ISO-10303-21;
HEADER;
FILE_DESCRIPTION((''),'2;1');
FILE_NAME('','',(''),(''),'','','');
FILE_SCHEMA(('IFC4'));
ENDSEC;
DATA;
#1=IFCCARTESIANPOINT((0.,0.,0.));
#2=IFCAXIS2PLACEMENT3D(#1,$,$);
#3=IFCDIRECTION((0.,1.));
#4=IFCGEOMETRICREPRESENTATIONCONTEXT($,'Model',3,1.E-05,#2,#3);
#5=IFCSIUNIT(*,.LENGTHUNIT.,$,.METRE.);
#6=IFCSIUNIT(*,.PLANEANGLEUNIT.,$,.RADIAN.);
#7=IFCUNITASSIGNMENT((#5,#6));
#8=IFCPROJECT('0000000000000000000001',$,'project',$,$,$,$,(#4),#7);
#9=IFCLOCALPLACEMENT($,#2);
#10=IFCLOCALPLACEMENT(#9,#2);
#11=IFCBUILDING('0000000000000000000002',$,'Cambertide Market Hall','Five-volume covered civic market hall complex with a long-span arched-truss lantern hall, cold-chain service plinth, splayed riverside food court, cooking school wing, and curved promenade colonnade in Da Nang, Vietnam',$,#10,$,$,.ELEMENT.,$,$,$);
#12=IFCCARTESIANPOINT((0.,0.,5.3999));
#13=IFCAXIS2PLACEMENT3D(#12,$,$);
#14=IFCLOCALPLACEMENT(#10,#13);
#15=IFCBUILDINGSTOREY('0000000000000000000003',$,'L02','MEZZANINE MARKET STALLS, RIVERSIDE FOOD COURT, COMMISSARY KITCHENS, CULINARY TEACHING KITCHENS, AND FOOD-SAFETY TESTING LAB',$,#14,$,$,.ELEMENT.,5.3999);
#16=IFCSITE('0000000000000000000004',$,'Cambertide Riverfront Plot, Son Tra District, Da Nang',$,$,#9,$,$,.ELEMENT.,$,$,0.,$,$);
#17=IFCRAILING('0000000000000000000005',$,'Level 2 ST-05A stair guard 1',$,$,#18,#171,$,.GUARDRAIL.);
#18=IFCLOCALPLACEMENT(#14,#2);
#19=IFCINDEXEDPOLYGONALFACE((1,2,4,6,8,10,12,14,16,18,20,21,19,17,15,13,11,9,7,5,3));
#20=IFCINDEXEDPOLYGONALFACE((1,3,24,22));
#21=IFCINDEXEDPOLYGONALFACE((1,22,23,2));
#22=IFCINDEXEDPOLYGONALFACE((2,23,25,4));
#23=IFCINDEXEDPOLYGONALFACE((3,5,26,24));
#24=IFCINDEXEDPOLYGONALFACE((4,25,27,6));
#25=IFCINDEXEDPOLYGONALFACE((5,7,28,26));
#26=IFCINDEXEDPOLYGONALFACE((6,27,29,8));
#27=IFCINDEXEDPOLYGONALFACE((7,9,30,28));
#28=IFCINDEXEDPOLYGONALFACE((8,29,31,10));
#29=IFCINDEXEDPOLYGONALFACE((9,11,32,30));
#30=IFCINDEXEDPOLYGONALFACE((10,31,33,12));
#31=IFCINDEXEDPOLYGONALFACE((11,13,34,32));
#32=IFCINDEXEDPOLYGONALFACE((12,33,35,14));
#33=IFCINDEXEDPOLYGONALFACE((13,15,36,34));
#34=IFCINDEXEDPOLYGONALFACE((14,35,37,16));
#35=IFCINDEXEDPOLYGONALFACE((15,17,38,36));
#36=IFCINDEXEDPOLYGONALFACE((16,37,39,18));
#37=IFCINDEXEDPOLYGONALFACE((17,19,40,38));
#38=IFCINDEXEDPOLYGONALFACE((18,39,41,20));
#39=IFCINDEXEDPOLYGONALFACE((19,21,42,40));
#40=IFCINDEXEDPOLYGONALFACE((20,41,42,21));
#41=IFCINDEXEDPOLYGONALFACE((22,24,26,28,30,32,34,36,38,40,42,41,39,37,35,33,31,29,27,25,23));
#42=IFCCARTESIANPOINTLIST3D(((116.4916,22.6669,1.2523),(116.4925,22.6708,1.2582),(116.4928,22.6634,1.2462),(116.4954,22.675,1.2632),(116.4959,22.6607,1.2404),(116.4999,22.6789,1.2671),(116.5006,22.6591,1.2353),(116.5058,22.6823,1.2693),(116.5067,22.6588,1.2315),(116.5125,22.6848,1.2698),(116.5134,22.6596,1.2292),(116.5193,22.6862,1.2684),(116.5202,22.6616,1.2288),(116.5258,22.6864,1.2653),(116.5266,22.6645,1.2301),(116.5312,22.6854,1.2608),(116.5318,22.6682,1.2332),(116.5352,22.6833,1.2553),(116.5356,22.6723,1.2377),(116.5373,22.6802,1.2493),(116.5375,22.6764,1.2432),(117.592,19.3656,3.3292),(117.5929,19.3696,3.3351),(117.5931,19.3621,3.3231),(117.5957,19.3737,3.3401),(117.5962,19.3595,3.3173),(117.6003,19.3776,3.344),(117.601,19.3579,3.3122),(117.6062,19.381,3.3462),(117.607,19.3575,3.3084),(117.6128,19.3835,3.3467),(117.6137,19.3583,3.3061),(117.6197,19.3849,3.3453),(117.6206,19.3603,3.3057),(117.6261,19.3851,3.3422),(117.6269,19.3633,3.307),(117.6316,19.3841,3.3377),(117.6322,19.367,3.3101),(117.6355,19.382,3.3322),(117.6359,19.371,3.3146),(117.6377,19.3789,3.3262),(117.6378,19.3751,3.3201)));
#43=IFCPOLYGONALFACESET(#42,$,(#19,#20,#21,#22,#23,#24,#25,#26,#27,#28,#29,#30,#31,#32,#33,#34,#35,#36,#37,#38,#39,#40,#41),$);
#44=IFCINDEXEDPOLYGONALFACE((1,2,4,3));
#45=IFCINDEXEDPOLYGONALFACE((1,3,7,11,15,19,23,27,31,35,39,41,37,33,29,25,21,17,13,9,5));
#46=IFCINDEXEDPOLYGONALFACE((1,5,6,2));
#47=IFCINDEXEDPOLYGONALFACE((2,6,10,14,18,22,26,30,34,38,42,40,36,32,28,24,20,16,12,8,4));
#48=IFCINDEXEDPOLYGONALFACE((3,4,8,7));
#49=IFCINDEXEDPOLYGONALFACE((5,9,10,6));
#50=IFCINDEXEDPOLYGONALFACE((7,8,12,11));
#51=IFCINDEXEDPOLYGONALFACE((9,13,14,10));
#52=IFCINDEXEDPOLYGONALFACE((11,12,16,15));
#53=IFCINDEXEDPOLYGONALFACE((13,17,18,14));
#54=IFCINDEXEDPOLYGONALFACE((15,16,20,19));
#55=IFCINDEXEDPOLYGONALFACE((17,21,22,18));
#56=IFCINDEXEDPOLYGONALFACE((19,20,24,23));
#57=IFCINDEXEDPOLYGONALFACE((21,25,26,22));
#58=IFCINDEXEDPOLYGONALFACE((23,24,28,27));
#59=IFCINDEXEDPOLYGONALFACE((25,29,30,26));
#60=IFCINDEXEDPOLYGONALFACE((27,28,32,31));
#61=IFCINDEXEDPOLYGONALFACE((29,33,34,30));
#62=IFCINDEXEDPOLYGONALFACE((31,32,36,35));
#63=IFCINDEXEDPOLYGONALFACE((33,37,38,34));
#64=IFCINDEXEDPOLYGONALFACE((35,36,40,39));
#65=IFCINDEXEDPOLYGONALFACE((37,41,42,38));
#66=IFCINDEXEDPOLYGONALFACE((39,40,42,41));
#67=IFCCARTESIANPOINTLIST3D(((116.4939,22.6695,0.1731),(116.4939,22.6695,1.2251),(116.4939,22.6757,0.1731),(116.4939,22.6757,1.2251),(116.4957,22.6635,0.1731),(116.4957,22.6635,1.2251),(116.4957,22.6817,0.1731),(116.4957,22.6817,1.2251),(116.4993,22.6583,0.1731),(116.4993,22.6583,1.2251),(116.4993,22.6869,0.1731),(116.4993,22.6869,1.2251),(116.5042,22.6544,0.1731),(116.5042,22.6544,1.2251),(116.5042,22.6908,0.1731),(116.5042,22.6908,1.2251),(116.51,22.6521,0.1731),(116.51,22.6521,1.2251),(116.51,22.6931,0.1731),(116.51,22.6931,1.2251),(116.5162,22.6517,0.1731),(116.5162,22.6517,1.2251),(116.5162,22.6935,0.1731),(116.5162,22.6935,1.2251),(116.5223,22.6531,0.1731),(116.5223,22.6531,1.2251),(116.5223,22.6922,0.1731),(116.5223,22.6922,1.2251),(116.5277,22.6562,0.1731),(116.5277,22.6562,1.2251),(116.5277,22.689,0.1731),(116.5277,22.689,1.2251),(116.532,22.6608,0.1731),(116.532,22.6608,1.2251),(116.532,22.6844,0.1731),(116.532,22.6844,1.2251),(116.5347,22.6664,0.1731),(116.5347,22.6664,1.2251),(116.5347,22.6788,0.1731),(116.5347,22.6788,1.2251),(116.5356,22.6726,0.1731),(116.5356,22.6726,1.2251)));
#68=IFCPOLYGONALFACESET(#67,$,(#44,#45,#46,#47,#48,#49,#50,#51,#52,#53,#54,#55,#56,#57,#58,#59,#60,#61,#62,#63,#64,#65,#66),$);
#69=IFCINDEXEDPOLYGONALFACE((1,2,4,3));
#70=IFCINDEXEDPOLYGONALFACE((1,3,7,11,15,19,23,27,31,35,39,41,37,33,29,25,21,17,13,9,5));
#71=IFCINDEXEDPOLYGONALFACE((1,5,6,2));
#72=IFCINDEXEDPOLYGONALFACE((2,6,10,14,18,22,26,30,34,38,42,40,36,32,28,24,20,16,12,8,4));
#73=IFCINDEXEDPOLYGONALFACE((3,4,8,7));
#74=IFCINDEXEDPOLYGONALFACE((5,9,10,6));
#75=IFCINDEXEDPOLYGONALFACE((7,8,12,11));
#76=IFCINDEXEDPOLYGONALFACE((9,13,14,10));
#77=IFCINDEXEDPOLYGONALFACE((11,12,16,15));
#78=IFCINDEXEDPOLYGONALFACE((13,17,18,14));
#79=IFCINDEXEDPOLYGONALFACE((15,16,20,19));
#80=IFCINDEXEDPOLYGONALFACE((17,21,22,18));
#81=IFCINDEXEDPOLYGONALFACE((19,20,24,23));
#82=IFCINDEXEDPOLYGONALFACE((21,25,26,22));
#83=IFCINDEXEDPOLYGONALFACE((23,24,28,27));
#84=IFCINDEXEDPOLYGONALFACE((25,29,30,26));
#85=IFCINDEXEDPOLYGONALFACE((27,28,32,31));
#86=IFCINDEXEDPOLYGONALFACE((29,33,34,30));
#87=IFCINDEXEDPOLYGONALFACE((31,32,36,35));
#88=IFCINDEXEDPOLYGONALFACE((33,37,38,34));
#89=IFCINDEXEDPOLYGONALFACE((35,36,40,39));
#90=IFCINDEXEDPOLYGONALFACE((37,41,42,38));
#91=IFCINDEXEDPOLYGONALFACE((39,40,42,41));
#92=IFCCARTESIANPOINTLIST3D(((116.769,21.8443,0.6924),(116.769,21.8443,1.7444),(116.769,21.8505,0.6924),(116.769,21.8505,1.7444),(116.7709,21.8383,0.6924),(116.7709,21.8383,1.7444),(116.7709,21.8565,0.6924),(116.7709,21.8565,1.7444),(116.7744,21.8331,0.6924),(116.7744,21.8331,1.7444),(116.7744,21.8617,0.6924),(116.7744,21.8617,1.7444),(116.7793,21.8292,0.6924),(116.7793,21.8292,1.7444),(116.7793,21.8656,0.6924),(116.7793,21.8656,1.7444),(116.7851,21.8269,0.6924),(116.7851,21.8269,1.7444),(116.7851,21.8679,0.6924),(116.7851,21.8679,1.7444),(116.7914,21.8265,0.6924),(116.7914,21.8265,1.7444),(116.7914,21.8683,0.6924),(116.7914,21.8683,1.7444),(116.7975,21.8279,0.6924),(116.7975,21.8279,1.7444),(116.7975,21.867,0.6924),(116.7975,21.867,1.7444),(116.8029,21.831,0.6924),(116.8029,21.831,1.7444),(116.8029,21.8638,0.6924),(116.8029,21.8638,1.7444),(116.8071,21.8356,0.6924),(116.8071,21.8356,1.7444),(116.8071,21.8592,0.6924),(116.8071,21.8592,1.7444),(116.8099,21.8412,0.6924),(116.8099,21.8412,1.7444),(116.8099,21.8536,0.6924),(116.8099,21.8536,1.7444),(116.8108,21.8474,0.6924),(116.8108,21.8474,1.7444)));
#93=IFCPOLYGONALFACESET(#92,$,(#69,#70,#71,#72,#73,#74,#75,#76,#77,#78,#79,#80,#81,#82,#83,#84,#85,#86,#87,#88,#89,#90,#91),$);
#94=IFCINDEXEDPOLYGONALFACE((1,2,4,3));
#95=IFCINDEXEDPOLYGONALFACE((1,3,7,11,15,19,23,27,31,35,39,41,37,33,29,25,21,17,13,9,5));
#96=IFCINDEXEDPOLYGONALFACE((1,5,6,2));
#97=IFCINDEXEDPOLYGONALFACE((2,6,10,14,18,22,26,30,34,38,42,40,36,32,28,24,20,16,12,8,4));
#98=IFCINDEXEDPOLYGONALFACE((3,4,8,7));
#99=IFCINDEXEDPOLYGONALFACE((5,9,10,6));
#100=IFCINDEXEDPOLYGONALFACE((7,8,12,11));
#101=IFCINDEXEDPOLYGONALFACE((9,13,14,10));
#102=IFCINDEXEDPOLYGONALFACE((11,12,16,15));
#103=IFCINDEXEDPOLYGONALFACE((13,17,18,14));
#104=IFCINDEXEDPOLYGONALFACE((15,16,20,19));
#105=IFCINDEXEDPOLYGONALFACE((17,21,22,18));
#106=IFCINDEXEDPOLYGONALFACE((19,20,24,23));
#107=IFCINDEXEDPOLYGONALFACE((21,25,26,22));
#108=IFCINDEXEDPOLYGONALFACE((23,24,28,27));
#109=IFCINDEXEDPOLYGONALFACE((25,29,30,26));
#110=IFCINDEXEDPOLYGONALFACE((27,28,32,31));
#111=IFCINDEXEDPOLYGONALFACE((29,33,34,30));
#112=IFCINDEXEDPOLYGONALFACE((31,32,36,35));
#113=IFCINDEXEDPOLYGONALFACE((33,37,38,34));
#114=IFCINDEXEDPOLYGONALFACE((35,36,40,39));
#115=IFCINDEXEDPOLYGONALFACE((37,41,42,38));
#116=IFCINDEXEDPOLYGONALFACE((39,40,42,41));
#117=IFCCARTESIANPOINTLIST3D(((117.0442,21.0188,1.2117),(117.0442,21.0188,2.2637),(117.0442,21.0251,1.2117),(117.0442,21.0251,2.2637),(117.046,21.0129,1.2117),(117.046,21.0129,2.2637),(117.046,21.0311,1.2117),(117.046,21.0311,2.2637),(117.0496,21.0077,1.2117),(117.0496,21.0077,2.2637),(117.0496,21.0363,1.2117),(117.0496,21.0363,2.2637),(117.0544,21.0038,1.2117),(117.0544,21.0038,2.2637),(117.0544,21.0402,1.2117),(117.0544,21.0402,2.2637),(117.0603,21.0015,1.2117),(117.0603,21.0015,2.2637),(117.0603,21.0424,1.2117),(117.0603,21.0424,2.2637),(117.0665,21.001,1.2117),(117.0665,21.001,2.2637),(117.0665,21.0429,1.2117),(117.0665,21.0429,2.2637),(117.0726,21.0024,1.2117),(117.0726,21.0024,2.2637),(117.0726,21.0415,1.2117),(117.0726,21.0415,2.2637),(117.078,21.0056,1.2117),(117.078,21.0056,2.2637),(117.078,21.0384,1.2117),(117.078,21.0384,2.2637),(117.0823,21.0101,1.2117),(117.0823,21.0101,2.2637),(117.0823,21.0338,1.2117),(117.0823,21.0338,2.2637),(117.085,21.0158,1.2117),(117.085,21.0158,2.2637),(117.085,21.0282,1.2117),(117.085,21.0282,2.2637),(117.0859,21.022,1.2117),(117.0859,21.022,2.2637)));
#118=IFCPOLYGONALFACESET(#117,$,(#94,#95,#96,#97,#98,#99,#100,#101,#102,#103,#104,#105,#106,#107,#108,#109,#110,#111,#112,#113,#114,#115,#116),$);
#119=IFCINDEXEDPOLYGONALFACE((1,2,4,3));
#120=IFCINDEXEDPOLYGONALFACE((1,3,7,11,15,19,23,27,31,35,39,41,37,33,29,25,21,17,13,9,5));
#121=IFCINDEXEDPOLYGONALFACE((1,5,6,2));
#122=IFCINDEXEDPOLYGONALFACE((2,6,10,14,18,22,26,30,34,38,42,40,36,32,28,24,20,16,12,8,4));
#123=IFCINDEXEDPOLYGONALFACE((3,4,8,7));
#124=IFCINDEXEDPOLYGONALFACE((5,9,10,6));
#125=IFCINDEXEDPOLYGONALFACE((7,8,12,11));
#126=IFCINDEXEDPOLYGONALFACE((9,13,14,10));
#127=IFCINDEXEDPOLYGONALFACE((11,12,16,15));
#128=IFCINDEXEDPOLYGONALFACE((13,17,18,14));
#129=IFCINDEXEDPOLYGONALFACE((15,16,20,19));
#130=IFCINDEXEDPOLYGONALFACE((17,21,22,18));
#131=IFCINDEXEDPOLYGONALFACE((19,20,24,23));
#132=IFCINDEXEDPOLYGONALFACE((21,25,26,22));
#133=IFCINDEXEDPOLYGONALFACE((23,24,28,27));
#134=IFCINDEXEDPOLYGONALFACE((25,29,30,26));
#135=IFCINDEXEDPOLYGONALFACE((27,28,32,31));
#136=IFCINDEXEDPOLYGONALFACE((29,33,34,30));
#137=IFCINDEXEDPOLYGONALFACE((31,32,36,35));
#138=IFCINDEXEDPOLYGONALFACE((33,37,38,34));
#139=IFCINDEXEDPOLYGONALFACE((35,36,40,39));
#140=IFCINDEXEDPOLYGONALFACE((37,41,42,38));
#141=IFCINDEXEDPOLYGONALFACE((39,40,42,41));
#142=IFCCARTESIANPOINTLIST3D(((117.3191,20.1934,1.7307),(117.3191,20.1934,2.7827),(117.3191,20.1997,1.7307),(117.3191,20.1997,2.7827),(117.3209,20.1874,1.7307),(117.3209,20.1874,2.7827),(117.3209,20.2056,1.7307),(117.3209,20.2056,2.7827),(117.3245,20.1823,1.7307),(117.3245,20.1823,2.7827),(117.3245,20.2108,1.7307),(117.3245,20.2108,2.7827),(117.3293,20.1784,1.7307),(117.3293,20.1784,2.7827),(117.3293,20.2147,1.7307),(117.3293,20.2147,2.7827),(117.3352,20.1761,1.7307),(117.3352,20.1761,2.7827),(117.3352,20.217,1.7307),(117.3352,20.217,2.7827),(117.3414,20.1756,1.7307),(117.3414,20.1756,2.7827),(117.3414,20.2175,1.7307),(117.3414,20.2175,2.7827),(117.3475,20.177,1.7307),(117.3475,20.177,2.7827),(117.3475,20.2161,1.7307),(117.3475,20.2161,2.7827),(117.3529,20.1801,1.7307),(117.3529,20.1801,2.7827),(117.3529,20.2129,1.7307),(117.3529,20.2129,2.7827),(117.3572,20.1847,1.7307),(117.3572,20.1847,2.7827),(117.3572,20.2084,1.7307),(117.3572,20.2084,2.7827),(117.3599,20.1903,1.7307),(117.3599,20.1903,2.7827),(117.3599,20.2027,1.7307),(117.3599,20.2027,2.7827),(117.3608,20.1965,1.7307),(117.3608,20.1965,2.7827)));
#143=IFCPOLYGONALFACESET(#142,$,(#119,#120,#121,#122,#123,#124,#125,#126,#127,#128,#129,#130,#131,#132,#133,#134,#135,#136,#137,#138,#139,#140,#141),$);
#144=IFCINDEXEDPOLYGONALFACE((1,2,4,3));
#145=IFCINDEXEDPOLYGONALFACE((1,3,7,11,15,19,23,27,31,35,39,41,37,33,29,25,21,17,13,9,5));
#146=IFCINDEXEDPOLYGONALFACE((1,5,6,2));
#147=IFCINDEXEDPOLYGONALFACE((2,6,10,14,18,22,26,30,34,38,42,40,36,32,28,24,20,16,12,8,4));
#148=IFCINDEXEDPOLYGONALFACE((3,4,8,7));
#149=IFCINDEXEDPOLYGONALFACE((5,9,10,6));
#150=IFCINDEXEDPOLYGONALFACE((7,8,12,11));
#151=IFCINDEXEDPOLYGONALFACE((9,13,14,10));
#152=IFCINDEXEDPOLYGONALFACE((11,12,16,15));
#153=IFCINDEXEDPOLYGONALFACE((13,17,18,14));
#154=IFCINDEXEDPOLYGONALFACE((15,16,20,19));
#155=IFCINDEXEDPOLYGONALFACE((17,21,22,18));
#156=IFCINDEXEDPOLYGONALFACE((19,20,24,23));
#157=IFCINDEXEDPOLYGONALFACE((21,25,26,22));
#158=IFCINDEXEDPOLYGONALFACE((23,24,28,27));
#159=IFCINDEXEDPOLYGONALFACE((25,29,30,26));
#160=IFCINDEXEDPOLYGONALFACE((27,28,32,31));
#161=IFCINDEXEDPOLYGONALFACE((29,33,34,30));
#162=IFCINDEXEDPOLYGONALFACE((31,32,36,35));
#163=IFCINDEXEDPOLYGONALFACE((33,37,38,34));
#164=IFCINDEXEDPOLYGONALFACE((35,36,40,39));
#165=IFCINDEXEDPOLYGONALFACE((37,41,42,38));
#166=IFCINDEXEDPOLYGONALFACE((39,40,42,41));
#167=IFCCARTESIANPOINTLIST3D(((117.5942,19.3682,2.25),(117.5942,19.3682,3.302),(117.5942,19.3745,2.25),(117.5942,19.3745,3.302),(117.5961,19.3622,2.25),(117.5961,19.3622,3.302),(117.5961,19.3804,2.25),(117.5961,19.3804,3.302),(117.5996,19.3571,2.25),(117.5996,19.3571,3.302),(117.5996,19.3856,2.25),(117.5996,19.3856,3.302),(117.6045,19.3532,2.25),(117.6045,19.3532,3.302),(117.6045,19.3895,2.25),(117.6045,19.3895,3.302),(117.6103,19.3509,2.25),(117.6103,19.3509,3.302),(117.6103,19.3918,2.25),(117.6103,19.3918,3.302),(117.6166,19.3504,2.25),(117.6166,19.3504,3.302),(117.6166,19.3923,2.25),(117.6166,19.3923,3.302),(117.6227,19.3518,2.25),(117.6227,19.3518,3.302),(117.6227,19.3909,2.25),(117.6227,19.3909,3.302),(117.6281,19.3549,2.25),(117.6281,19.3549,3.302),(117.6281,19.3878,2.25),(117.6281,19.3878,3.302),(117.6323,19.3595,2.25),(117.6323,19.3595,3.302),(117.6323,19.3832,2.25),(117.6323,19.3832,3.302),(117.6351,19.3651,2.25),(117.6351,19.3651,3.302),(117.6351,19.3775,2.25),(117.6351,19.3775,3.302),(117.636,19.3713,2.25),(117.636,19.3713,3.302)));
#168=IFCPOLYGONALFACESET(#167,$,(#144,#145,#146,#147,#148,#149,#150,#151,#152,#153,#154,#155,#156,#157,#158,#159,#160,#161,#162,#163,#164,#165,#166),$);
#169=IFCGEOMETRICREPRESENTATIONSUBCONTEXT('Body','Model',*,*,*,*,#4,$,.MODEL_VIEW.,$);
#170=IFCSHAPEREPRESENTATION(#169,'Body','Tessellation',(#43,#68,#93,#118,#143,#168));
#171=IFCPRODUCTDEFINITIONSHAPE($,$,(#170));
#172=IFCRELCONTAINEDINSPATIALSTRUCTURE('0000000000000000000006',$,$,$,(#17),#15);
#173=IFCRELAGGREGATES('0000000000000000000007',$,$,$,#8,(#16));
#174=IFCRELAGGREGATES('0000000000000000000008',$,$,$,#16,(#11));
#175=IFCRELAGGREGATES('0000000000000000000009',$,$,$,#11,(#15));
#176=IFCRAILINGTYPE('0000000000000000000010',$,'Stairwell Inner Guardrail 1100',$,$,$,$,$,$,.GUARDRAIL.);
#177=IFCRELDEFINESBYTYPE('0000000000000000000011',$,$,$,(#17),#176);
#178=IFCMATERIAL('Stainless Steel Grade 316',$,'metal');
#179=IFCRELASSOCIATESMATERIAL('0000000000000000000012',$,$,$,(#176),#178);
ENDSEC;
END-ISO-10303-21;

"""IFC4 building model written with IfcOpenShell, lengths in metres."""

from ifc_helpers import new_model, si_unit, direction, frame, origin, origin_2d, place, context, subcontext, project, spatial, circle, extrude, material, type_object, element, save


model = new_model("IFC4")

# Units and contexts
model_context = context("Model", 3, precision=1e-05, world=origin(), true_north=direction((0.0, 1.0)))
body_context = subcontext(model_context, "Body", "Model", "MODEL_VIEW")
ifc_project = project(units=[si_unit("LENGTHUNIT", "METRE"), si_unit("PLANEANGLEUNIT", "RADIAN")], contexts=[model_context])

# Site, building, storey
site_placement = place(None, origin())
site = spatial("IfcSite", under=ifc_project, at=site_placement, Name="Cambertide Riverfront Plot, Son Tra District, Da Nang", CompositionType="ELEMENT", RefElevation=0.0)
building_placement = place(site_placement, origin())
building = spatial("IfcBuilding", under=site, at=building_placement, Name="Cambertide Market Hall", Description="Five-volume covered civic market hall complex with a long-span arched-truss lantern hall, cold-chain service plinth, splayed riverside food court, cooking school wing, and curved promenade colonnade in Da Nang, Vietnam", CompositionType="ELEMENT")
storey_placement = place(building_placement, frame((0.0, 0.0, 5.3999)))
storey = spatial("IfcBuildingStorey", under=building, at=storey_placement, Name="L02", Description="MEZZANINE MARKET STALLS, RIVERSIDE FOOD COURT, COMMISSARY KITCHENS, CULINARY TEACHING KITCHENS, AND FOOD-SAFETY TESTING LAB", CompositionType="ELEMENT", Elevation=5.3999)

# Railing
ifc_material_1 = material(Name="Stainless Steel Grade 316", Category="metal")
railing_type_1 = type_object("IfcRailingType", Name="Stairwell Inner Guardrail 1100", PredefinedType="GUARDRAIL", material=ifc_material_1)
railing_1_placement = place(storey_placement, frame((116.5146, 22.6726, 0.1731)))
element("IfcRailing", 1, at=railing_1_placement, inside=storey, type_object=railing_type_1, Name="Level 2 ST-05A stair guard 1", PredefinedType="GUARDRAIL", context=body_context, shape_type="SweptSolid", body=[
    extrude(circle(Radius=0.0239, at=origin_2d()), frame((0.0, 0.0, 1.0762), z_axis=(0.271522, -0.814628, 0.512501), x_axis=(0.94869, 0.316207, 0.0)), (0.0, 0.0, 1.0), 4.0525),
    extrude(circle(Radius=0.021, at=origin_2d()), origin(), (0.0, 0.0, 1.0), 1.052),
    extrude(circle(Radius=0.021, at=origin_2d()), frame((0.2751, -0.8252, 0.5193)), (0.0, 0.0, 1.0), 1.052),
    extrude(circle(Radius=0.021, at=origin_2d()), frame((0.5503, -1.6506, 1.0386)), (0.0, 0.0, 1.0), 1.052),
    extrude(circle(Radius=0.021, at=origin_2d()), frame((0.8252, -2.4761, 1.5576)), (0.0, 0.0, 1.0), 1.052),
    extrude(circle(Radius=0.021, at=origin_2d()), frame((1.1003, -3.3013, 2.0769)), (0.0, 0.0, 1.0), 1.052),
])

save(model, "model.ifc")
